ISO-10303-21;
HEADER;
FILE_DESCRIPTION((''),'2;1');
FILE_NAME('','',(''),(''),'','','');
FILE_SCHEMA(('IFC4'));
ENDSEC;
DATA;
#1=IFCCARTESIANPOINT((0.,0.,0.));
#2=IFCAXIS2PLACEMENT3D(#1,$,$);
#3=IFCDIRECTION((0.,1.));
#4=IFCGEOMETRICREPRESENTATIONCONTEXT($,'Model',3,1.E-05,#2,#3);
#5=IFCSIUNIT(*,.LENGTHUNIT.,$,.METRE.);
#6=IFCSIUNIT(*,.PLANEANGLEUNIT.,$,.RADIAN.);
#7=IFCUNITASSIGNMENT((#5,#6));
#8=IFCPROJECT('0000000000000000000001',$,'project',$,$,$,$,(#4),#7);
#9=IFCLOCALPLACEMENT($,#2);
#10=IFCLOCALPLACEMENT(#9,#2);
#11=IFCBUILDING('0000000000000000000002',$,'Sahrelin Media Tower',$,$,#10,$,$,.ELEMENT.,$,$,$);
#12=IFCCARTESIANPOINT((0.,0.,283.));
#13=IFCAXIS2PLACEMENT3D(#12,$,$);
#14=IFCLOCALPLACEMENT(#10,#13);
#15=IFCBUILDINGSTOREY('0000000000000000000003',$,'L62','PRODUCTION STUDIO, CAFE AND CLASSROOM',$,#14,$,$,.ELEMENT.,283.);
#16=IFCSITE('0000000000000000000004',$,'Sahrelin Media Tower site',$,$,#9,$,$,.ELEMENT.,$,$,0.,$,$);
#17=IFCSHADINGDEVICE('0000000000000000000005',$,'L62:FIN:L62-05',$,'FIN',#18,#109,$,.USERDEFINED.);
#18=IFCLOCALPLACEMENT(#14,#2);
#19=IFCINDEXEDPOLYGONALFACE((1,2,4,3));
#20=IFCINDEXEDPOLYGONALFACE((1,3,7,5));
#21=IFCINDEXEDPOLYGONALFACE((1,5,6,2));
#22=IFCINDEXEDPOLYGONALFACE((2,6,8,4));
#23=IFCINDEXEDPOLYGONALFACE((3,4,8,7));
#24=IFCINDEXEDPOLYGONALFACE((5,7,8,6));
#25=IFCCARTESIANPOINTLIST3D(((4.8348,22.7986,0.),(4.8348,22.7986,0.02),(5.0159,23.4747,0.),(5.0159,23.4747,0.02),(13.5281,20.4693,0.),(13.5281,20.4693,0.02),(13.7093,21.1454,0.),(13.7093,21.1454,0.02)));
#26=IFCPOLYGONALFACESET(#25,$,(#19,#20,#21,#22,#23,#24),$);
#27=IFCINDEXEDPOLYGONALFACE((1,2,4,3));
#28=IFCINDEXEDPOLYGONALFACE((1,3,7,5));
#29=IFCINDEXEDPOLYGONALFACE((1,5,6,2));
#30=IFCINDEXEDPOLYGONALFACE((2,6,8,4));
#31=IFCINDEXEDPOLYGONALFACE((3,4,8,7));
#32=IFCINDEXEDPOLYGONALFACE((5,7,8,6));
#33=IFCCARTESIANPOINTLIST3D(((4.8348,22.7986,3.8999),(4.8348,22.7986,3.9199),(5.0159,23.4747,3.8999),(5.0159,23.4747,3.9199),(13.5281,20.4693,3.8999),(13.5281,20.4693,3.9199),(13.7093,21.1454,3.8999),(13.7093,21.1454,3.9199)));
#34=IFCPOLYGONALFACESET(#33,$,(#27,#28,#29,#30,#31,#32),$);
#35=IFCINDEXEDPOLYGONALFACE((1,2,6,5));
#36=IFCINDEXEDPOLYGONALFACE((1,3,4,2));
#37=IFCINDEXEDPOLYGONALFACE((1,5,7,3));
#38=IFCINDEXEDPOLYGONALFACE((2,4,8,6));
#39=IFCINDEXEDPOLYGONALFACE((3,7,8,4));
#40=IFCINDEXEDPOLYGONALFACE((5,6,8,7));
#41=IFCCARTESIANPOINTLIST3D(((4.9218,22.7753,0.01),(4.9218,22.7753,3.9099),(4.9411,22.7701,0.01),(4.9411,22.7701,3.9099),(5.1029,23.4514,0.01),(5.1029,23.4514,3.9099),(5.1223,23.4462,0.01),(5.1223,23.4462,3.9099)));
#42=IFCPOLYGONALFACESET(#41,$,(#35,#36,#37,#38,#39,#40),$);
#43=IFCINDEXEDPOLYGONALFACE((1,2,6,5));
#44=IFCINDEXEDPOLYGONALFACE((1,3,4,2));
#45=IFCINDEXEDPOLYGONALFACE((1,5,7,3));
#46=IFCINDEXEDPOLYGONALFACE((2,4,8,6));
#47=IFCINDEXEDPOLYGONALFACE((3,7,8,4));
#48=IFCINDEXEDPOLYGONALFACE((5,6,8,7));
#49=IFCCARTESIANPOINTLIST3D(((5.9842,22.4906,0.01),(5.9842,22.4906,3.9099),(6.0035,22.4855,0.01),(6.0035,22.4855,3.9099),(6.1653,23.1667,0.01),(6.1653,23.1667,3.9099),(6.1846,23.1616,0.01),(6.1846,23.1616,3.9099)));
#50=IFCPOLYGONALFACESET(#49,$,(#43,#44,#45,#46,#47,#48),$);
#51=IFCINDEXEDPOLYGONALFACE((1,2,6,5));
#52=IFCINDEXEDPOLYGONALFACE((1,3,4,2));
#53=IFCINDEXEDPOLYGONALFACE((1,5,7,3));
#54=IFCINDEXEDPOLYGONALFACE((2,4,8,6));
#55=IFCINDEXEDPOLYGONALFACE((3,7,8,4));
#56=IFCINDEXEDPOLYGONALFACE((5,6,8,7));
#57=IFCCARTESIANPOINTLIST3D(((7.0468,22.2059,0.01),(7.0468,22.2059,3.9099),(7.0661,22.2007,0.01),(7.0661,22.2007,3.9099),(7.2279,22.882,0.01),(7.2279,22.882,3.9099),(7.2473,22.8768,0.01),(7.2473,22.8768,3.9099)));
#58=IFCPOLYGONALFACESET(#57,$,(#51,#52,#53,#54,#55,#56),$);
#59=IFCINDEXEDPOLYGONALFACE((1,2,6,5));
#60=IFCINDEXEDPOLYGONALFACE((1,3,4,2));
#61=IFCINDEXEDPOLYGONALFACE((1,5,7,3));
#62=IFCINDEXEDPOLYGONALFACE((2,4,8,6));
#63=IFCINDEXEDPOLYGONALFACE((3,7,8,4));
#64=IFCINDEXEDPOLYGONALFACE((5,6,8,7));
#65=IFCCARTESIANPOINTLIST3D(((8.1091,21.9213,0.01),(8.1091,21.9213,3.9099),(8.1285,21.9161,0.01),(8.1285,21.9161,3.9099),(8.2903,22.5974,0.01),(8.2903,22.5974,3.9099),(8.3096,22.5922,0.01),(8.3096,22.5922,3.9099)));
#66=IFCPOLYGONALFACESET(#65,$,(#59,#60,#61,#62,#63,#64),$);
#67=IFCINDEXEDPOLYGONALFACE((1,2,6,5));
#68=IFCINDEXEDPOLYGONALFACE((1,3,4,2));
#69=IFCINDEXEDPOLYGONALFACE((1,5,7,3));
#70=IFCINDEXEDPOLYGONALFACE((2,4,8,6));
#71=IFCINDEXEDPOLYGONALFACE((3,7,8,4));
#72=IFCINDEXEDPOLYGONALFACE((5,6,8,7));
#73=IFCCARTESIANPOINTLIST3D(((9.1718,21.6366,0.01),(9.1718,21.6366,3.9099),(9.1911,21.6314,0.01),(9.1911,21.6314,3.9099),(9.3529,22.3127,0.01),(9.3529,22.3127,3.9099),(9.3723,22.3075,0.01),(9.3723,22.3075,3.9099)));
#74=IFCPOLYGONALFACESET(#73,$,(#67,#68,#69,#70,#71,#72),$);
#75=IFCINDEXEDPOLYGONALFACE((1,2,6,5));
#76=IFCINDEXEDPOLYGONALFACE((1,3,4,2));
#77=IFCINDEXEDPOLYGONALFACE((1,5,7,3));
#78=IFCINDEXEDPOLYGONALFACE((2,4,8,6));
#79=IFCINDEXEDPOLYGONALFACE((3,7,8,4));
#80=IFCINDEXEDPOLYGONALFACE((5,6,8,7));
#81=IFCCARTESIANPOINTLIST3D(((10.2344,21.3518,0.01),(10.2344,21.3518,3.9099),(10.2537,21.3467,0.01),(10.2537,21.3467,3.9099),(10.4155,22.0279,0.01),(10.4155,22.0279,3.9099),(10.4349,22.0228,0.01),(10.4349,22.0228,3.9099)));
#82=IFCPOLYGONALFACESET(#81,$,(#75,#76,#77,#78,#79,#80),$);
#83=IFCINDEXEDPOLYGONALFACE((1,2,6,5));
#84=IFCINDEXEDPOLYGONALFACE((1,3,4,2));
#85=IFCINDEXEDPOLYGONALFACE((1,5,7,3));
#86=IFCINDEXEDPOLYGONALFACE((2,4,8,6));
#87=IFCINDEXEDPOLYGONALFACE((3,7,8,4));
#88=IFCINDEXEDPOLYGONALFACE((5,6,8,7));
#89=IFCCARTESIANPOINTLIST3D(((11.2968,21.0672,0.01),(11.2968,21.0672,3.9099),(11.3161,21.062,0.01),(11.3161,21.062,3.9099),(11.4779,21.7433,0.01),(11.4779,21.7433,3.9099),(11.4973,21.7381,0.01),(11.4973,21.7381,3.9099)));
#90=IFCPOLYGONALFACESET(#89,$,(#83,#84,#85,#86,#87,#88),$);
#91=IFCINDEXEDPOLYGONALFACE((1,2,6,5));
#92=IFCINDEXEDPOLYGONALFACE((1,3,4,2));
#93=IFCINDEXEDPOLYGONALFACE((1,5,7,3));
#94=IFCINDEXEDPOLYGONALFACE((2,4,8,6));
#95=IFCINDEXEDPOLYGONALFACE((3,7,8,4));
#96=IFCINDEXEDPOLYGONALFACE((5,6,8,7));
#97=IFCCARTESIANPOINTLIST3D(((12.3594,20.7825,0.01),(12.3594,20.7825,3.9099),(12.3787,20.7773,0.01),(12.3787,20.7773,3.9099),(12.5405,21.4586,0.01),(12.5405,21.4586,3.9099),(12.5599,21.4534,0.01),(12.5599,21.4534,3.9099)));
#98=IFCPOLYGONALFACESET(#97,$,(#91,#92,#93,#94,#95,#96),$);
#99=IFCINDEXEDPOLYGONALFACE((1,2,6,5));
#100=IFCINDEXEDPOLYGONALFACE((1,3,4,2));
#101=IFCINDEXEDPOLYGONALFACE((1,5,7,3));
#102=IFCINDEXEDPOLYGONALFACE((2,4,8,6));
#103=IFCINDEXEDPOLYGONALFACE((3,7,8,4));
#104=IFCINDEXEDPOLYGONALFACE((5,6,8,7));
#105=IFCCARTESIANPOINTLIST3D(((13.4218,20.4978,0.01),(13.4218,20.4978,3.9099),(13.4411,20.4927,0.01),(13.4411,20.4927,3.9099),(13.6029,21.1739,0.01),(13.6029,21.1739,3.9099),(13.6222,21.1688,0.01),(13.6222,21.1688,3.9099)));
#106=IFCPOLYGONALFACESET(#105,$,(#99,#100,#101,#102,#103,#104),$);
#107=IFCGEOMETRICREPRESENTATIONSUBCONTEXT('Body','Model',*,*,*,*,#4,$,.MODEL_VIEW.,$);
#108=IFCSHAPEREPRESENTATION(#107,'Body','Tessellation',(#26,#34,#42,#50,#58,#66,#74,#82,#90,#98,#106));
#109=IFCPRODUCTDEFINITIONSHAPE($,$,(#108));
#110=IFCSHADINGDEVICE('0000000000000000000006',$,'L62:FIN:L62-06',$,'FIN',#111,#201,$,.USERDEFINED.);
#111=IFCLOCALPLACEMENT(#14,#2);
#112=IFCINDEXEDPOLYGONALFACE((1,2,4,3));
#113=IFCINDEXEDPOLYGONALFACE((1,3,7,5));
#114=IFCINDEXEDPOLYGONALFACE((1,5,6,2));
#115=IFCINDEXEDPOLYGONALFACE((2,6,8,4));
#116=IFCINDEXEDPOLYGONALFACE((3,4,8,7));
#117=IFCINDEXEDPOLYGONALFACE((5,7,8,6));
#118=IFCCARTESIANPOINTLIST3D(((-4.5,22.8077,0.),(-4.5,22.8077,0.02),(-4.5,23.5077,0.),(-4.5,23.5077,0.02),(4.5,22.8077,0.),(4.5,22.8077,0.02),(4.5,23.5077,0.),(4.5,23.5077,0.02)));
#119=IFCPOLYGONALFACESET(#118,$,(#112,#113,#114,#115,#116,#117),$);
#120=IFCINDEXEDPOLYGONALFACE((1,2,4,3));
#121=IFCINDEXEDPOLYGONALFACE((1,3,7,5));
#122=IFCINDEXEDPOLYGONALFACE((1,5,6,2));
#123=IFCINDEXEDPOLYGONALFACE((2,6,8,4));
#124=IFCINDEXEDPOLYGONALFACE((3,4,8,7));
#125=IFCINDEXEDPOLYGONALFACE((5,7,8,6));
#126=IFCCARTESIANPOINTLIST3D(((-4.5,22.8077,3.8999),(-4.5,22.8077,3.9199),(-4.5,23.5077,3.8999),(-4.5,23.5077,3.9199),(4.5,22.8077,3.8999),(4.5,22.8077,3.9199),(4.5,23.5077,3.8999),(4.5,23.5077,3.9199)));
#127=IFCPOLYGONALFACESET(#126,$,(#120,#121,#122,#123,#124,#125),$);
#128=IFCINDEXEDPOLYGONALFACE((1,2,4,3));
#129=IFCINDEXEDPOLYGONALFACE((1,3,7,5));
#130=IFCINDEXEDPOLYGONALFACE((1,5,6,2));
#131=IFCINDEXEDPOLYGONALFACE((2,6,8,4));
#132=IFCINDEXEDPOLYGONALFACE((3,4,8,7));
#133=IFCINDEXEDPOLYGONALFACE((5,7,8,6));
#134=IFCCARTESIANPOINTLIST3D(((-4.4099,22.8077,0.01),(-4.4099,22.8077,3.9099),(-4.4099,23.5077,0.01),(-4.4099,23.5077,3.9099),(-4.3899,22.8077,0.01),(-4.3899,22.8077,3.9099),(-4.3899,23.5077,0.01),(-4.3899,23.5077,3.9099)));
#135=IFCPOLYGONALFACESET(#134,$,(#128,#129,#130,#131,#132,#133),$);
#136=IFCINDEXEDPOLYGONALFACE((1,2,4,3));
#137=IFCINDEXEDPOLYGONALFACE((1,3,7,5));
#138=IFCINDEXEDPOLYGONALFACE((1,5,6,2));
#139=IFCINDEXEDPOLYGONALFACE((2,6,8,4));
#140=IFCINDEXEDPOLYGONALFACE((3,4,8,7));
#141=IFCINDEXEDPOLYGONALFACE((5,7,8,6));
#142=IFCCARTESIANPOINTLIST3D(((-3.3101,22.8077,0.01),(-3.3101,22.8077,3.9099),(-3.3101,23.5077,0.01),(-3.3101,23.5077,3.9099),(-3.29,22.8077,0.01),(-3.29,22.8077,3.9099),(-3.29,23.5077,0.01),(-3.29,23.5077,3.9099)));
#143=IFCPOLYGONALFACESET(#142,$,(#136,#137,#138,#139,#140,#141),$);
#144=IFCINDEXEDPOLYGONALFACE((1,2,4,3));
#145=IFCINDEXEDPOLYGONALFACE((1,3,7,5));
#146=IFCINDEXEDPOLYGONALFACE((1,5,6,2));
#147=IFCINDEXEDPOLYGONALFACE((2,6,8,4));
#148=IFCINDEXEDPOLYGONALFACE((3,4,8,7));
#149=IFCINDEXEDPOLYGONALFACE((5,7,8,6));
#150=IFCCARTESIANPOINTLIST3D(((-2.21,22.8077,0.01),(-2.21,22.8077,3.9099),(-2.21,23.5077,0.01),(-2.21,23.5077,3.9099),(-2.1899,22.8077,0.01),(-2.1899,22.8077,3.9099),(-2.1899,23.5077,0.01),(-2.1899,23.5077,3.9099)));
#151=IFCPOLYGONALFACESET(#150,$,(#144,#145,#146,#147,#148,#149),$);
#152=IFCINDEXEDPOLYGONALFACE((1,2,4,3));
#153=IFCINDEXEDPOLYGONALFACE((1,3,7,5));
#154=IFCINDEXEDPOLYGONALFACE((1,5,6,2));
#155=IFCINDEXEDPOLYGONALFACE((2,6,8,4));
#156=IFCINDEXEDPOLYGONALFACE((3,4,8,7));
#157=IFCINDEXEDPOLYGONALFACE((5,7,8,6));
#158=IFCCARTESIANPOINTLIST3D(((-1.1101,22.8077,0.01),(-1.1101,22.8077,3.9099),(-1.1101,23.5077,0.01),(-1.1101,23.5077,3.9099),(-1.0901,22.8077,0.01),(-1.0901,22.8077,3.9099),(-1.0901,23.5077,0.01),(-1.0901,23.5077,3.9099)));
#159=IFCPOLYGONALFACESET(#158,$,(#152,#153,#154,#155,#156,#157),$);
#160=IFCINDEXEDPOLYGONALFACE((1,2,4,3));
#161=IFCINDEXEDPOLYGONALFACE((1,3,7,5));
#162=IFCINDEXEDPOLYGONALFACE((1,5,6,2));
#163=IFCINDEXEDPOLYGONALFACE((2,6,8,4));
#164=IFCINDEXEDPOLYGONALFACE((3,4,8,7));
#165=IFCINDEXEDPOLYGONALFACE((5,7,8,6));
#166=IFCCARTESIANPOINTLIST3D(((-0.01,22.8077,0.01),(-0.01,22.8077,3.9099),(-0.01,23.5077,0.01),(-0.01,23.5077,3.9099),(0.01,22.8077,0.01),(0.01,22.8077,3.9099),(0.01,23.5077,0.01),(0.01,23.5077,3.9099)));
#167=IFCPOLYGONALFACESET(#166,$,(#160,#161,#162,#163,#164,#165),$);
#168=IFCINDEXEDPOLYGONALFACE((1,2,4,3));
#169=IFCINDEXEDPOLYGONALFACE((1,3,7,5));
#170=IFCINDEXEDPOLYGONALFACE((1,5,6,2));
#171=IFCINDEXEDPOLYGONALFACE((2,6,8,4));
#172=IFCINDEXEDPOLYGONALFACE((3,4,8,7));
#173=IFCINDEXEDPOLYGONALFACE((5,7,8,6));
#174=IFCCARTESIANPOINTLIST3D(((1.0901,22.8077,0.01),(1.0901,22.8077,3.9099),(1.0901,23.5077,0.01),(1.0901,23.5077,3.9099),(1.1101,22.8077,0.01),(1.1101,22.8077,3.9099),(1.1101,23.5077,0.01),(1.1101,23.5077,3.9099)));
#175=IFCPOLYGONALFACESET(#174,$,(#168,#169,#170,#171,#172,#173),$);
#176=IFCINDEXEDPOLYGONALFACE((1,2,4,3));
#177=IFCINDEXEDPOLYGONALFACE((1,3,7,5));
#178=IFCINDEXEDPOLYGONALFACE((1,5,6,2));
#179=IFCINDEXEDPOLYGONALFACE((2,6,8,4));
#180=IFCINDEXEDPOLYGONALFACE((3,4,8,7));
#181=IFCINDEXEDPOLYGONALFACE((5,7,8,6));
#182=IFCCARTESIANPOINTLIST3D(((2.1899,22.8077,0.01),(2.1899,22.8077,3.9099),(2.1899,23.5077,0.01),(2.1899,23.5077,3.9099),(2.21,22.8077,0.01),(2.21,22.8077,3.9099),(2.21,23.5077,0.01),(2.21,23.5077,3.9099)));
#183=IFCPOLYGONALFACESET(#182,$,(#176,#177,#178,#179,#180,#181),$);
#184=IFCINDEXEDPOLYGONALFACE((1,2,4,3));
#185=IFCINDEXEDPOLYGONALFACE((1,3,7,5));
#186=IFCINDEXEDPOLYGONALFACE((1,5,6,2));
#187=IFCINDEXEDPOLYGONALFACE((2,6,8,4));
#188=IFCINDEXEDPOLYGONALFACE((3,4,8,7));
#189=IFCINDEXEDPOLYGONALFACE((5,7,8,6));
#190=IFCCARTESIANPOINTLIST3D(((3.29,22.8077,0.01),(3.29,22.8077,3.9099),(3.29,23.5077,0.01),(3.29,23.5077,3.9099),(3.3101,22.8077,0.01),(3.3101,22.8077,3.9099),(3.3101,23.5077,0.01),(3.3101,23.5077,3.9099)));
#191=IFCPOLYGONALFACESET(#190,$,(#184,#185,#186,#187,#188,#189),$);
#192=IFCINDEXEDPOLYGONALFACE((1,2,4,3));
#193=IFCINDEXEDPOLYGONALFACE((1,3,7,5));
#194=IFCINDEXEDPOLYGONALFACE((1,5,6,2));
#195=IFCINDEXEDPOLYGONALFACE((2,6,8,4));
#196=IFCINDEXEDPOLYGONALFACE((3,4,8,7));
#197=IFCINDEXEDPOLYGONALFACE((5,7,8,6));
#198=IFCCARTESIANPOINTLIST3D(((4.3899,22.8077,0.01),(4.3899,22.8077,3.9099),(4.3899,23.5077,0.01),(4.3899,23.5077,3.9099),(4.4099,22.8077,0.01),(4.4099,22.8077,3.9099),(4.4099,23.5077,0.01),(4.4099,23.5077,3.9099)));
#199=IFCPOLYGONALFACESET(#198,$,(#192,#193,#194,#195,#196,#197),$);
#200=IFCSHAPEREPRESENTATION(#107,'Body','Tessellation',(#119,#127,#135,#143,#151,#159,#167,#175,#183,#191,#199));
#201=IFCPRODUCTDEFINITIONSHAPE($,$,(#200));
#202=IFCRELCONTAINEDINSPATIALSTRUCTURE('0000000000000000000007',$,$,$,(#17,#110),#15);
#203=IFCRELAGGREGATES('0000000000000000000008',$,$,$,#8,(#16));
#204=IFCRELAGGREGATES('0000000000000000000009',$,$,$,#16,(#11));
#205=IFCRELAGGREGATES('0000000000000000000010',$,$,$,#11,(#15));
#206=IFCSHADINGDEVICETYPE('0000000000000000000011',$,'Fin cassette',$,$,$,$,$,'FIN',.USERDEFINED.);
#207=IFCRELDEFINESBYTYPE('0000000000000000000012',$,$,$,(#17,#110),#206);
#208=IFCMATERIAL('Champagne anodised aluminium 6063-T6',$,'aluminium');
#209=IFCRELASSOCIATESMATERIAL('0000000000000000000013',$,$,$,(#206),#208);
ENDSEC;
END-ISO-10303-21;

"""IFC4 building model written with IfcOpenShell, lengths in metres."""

from ifc_helpers import new_model, si_unit, direction, frame, origin, origin_2d, place, context, subcontext, project, spatial, rectangle, extrude, material, type_object, element, save


model = new_model("IFC4")

# Units and contexts
model_context = context("Model", 3, precision=1e-05, world=origin(), true_north=direction((0.0, 1.0)))
body_context = subcontext(model_context, "Body", "Model", "MODEL_VIEW")
ifc_project = project(units=[si_unit("LENGTHUNIT", "METRE"), si_unit("PLANEANGLEUNIT", "RADIAN")], contexts=[model_context])

# Site, building, storey
site_placement = place(None, origin())
site = spatial("IfcSite", under=ifc_project, at=site_placement, Name="Sahrelin Media Tower site", CompositionType="ELEMENT", RefElevation=0.0)
building_placement = place(site_placement, origin())
building = spatial("IfcBuilding", under=site, at=building_placement, Name="Sahrelin Media Tower", CompositionType="ELEMENT")
storey_placement = place(building_placement, frame((0.0, 0.0, 283.0)))
storey = spatial("IfcBuildingStorey", under=building, at=storey_placement, Name="L62", Description="PRODUCTION STUDIO, CAFE AND CLASSROOM", CompositionType="ELEMENT", Elevation=283.0)

# Shared definitions
ifc_material_1 = material(Name="Champagne anodised aluminium 6063-T6", Category="aluminium")
placement_1 = place(storey_placement, frame((0.0, 22.7378, 0.0), z_axis=(0.0, 0.0, 1.0), x_axis=(1.0, 0.0, 0.0)))

# Shading devices
shading_device_type_1 = type_object("IfcShadingDeviceType", Name="Fin cassette", ElementType="FIN", PredefinedType="USERDEFINED", material=ifc_material_1)
placement_2 = place(storey_placement, frame((9.1633, 21.5664, 0.0), z_axis=(0.0, 0.0, 1.0), x_axis=(0.965929, -0.258808, 0.0)))
element("IfcShadingDevice", 1, at=placement_2, inside=storey, type_object=shading_device_type_1, Name="L62:FIN:L62-05", ObjectType="FIN", PredefinedType="USERDEFINED", context=body_context, shape_type="SweptSolid", body=[
    extrude(rectangle(XDim=9.0, YDim=0.7, at=origin_2d()), frame((0.0, 0.4199, 0.0)), (0.0, 0.0, 1.0), 0.02),
    extrude(rectangle(XDim=9.0, YDim=0.7, at=origin_2d()), frame((0.0, 0.4199, 3.8999)), (0.0, 0.0, 1.0), 0.02),
    extrude(rectangle(XDim=0.02, YDim=0.7, at=origin_2d()), frame((-4.3999, 0.4199, 0.01), z_axis=(0.0, 0.0, 1.0), x_axis=(1.0, 0.0, 0.0)), (0.0, 0.0, 1.0), 3.8999),
    extrude(rectangle(XDim=0.02, YDim=0.7, at=origin_2d()), frame((-3.3, 0.4199, 0.01), z_axis=(0.0, 0.0, 1.0), x_axis=(1.0, 0.0, 0.0)), (0.0, 0.0, 1.0), 3.8999),
    extrude(rectangle(XDim=0.02, YDim=0.7, at=origin_2d()), frame((-2.2, 0.4199, 0.01), z_axis=(0.0, 0.0, 1.0), x_axis=(1.0, 0.0, 0.0)), (0.0, 0.0, 1.0), 3.8999),
    extrude(rectangle(XDim=0.02, YDim=0.7, at=origin_2d()), frame((-1.1001, 0.4199, 0.01), z_axis=(0.0, 0.0, 1.0), x_axis=(1.0, 0.0, 0.0)), (0.0, 0.0, 1.0), 3.8999),
    extrude(rectangle(XDim=0.02, YDim=0.7, at=origin_2d()), frame((0.0, 0.4199, 0.01), z_axis=(0.0, 0.0, 1.0), x_axis=(1.0, 0.0, 0.0)), (0.0, 0.0, 1.0), 3.8999),
    extrude(rectangle(XDim=0.02, YDim=0.7, at=origin_2d()), frame((1.1001, 0.4199, 0.01), z_axis=(0.0, 0.0, 1.0), x_axis=(1.0, 0.0, 0.0)), (0.0, 0.0, 1.0), 3.8999),
    extrude(rectangle(XDim=0.02, YDim=0.7, at=origin_2d()), frame((2.2, 0.4199, 0.01), z_axis=(0.0, 0.0, 1.0), x_axis=(1.0, 0.0, 0.0)), (0.0, 0.0, 1.0), 3.8999),
    extrude(rectangle(XDim=0.02, YDim=0.7, at=origin_2d()), frame((3.3, 0.4199, 0.01), z_axis=(0.0, 0.0, 1.0), x_axis=(1.0, 0.0, 0.0)), (0.0, 0.0, 1.0), 3.8999),
    extrude(rectangle(XDim=0.02, YDim=0.7, at=origin_2d()), frame((4.3999, 0.4199, 0.01), z_axis=(0.0, 0.0, 1.0), x_axis=(1.0, 0.0, 0.0)), (0.0, 0.0, 1.0), 3.8999),
])
element("IfcShadingDevice", 2, at=placement_1, inside=storey, type_object=shading_device_type_1, Name="L62:FIN:L62-06", ObjectType="FIN", PredefinedType="USERDEFINED", context=body_context, shape_type="SweptSolid", body=[
    extrude(rectangle(XDim=9.0, YDim=0.7, at=origin_2d()), frame((0.0, 0.4199, 0.0)), (0.0, 0.0, 1.0), 0.02),
    extrude(rectangle(XDim=9.0, YDim=0.7, at=origin_2d()), frame((0.0, 0.4199, 3.8999)), (0.0, 0.0, 1.0), 0.02),
    extrude(rectangle(XDim=0.02, YDim=0.7, at=origin_2d()), frame((-4.3999, 0.4199, 0.01), z_axis=(0.0, 0.0, 1.0), x_axis=(1.0, 0.0, 0.0)), (0.0, 0.0, 1.0), 3.8999),
    extrude(rectangle(XDim=0.02, YDim=0.7, at=origin_2d()), frame((-3.3, 0.4199, 0.01), z_axis=(0.0, 0.0, 1.0), x_axis=(1.0, 0.0, 0.0)), (0.0, 0.0, 1.0), 3.8999),
    extrude(rectangle(XDim=0.02, YDim=0.7, at=origin_2d()), frame((-2.2, 0.4199, 0.01), z_axis=(0.0, 0.0, 1.0), x_axis=(1.0, 0.0, 0.0)), (0.0, 0.0, 1.0), 3.8999),
    extrude(rectangle(XDim=0.02, YDim=0.7, at=origin_2d()), frame((-1.1001, 0.4199, 0.01), z_axis=(0.0, 0.0, 1.0), x_axis=(1.0, 0.0, 0.0)), (0.0, 0.0, 1.0), 3.8999),
    extrude(rectangle(XDim=0.02, YDim=0.7, at=origin_2d()), frame((0.0, 0.4199, 0.01), z_axis=(0.0, 0.0, 1.0), x_axis=(1.0, 0.0, 0.0)), (0.0, 0.0, 1.0), 3.8999),
    extrude(rectangle(XDim=0.02, YDim=0.7, at=origin_2d()), frame((1.1001, 0.4199, 0.01), z_axis=(0.0, 0.0, 1.0), x_axis=(1.0, 0.0, 0.0)), (0.0, 0.0, 1.0), 3.8999),
    extrude(rectangle(XDim=0.02, YDim=0.7, at=origin_2d()), frame((2.2, 0.4199, 0.01), z_axis=(0.0, 0.0, 1.0), x_axis=(1.0, 0.0, 0.0)), (0.0, 0.0, 1.0), 3.8999),
    extrude(rectangle(XDim=0.02, YDim=0.7, at=origin_2d()), frame((3.3, 0.4199, 0.01), z_axis=(0.0, 0.0, 1.0), x_axis=(1.0, 0.0, 0.0)), (0.0, 0.0, 1.0), 3.8999),
    extrude(rectangle(XDim=0.02, YDim=0.7, at=origin_2d()), frame((4.3999, 0.4199, 0.01), z_axis=(0.0, 0.0, 1.0), x_axis=(1.0, 0.0, 0.0)), (0.0, 0.0, 1.0), 3.8999),
])

save(model, "model.ifc")
